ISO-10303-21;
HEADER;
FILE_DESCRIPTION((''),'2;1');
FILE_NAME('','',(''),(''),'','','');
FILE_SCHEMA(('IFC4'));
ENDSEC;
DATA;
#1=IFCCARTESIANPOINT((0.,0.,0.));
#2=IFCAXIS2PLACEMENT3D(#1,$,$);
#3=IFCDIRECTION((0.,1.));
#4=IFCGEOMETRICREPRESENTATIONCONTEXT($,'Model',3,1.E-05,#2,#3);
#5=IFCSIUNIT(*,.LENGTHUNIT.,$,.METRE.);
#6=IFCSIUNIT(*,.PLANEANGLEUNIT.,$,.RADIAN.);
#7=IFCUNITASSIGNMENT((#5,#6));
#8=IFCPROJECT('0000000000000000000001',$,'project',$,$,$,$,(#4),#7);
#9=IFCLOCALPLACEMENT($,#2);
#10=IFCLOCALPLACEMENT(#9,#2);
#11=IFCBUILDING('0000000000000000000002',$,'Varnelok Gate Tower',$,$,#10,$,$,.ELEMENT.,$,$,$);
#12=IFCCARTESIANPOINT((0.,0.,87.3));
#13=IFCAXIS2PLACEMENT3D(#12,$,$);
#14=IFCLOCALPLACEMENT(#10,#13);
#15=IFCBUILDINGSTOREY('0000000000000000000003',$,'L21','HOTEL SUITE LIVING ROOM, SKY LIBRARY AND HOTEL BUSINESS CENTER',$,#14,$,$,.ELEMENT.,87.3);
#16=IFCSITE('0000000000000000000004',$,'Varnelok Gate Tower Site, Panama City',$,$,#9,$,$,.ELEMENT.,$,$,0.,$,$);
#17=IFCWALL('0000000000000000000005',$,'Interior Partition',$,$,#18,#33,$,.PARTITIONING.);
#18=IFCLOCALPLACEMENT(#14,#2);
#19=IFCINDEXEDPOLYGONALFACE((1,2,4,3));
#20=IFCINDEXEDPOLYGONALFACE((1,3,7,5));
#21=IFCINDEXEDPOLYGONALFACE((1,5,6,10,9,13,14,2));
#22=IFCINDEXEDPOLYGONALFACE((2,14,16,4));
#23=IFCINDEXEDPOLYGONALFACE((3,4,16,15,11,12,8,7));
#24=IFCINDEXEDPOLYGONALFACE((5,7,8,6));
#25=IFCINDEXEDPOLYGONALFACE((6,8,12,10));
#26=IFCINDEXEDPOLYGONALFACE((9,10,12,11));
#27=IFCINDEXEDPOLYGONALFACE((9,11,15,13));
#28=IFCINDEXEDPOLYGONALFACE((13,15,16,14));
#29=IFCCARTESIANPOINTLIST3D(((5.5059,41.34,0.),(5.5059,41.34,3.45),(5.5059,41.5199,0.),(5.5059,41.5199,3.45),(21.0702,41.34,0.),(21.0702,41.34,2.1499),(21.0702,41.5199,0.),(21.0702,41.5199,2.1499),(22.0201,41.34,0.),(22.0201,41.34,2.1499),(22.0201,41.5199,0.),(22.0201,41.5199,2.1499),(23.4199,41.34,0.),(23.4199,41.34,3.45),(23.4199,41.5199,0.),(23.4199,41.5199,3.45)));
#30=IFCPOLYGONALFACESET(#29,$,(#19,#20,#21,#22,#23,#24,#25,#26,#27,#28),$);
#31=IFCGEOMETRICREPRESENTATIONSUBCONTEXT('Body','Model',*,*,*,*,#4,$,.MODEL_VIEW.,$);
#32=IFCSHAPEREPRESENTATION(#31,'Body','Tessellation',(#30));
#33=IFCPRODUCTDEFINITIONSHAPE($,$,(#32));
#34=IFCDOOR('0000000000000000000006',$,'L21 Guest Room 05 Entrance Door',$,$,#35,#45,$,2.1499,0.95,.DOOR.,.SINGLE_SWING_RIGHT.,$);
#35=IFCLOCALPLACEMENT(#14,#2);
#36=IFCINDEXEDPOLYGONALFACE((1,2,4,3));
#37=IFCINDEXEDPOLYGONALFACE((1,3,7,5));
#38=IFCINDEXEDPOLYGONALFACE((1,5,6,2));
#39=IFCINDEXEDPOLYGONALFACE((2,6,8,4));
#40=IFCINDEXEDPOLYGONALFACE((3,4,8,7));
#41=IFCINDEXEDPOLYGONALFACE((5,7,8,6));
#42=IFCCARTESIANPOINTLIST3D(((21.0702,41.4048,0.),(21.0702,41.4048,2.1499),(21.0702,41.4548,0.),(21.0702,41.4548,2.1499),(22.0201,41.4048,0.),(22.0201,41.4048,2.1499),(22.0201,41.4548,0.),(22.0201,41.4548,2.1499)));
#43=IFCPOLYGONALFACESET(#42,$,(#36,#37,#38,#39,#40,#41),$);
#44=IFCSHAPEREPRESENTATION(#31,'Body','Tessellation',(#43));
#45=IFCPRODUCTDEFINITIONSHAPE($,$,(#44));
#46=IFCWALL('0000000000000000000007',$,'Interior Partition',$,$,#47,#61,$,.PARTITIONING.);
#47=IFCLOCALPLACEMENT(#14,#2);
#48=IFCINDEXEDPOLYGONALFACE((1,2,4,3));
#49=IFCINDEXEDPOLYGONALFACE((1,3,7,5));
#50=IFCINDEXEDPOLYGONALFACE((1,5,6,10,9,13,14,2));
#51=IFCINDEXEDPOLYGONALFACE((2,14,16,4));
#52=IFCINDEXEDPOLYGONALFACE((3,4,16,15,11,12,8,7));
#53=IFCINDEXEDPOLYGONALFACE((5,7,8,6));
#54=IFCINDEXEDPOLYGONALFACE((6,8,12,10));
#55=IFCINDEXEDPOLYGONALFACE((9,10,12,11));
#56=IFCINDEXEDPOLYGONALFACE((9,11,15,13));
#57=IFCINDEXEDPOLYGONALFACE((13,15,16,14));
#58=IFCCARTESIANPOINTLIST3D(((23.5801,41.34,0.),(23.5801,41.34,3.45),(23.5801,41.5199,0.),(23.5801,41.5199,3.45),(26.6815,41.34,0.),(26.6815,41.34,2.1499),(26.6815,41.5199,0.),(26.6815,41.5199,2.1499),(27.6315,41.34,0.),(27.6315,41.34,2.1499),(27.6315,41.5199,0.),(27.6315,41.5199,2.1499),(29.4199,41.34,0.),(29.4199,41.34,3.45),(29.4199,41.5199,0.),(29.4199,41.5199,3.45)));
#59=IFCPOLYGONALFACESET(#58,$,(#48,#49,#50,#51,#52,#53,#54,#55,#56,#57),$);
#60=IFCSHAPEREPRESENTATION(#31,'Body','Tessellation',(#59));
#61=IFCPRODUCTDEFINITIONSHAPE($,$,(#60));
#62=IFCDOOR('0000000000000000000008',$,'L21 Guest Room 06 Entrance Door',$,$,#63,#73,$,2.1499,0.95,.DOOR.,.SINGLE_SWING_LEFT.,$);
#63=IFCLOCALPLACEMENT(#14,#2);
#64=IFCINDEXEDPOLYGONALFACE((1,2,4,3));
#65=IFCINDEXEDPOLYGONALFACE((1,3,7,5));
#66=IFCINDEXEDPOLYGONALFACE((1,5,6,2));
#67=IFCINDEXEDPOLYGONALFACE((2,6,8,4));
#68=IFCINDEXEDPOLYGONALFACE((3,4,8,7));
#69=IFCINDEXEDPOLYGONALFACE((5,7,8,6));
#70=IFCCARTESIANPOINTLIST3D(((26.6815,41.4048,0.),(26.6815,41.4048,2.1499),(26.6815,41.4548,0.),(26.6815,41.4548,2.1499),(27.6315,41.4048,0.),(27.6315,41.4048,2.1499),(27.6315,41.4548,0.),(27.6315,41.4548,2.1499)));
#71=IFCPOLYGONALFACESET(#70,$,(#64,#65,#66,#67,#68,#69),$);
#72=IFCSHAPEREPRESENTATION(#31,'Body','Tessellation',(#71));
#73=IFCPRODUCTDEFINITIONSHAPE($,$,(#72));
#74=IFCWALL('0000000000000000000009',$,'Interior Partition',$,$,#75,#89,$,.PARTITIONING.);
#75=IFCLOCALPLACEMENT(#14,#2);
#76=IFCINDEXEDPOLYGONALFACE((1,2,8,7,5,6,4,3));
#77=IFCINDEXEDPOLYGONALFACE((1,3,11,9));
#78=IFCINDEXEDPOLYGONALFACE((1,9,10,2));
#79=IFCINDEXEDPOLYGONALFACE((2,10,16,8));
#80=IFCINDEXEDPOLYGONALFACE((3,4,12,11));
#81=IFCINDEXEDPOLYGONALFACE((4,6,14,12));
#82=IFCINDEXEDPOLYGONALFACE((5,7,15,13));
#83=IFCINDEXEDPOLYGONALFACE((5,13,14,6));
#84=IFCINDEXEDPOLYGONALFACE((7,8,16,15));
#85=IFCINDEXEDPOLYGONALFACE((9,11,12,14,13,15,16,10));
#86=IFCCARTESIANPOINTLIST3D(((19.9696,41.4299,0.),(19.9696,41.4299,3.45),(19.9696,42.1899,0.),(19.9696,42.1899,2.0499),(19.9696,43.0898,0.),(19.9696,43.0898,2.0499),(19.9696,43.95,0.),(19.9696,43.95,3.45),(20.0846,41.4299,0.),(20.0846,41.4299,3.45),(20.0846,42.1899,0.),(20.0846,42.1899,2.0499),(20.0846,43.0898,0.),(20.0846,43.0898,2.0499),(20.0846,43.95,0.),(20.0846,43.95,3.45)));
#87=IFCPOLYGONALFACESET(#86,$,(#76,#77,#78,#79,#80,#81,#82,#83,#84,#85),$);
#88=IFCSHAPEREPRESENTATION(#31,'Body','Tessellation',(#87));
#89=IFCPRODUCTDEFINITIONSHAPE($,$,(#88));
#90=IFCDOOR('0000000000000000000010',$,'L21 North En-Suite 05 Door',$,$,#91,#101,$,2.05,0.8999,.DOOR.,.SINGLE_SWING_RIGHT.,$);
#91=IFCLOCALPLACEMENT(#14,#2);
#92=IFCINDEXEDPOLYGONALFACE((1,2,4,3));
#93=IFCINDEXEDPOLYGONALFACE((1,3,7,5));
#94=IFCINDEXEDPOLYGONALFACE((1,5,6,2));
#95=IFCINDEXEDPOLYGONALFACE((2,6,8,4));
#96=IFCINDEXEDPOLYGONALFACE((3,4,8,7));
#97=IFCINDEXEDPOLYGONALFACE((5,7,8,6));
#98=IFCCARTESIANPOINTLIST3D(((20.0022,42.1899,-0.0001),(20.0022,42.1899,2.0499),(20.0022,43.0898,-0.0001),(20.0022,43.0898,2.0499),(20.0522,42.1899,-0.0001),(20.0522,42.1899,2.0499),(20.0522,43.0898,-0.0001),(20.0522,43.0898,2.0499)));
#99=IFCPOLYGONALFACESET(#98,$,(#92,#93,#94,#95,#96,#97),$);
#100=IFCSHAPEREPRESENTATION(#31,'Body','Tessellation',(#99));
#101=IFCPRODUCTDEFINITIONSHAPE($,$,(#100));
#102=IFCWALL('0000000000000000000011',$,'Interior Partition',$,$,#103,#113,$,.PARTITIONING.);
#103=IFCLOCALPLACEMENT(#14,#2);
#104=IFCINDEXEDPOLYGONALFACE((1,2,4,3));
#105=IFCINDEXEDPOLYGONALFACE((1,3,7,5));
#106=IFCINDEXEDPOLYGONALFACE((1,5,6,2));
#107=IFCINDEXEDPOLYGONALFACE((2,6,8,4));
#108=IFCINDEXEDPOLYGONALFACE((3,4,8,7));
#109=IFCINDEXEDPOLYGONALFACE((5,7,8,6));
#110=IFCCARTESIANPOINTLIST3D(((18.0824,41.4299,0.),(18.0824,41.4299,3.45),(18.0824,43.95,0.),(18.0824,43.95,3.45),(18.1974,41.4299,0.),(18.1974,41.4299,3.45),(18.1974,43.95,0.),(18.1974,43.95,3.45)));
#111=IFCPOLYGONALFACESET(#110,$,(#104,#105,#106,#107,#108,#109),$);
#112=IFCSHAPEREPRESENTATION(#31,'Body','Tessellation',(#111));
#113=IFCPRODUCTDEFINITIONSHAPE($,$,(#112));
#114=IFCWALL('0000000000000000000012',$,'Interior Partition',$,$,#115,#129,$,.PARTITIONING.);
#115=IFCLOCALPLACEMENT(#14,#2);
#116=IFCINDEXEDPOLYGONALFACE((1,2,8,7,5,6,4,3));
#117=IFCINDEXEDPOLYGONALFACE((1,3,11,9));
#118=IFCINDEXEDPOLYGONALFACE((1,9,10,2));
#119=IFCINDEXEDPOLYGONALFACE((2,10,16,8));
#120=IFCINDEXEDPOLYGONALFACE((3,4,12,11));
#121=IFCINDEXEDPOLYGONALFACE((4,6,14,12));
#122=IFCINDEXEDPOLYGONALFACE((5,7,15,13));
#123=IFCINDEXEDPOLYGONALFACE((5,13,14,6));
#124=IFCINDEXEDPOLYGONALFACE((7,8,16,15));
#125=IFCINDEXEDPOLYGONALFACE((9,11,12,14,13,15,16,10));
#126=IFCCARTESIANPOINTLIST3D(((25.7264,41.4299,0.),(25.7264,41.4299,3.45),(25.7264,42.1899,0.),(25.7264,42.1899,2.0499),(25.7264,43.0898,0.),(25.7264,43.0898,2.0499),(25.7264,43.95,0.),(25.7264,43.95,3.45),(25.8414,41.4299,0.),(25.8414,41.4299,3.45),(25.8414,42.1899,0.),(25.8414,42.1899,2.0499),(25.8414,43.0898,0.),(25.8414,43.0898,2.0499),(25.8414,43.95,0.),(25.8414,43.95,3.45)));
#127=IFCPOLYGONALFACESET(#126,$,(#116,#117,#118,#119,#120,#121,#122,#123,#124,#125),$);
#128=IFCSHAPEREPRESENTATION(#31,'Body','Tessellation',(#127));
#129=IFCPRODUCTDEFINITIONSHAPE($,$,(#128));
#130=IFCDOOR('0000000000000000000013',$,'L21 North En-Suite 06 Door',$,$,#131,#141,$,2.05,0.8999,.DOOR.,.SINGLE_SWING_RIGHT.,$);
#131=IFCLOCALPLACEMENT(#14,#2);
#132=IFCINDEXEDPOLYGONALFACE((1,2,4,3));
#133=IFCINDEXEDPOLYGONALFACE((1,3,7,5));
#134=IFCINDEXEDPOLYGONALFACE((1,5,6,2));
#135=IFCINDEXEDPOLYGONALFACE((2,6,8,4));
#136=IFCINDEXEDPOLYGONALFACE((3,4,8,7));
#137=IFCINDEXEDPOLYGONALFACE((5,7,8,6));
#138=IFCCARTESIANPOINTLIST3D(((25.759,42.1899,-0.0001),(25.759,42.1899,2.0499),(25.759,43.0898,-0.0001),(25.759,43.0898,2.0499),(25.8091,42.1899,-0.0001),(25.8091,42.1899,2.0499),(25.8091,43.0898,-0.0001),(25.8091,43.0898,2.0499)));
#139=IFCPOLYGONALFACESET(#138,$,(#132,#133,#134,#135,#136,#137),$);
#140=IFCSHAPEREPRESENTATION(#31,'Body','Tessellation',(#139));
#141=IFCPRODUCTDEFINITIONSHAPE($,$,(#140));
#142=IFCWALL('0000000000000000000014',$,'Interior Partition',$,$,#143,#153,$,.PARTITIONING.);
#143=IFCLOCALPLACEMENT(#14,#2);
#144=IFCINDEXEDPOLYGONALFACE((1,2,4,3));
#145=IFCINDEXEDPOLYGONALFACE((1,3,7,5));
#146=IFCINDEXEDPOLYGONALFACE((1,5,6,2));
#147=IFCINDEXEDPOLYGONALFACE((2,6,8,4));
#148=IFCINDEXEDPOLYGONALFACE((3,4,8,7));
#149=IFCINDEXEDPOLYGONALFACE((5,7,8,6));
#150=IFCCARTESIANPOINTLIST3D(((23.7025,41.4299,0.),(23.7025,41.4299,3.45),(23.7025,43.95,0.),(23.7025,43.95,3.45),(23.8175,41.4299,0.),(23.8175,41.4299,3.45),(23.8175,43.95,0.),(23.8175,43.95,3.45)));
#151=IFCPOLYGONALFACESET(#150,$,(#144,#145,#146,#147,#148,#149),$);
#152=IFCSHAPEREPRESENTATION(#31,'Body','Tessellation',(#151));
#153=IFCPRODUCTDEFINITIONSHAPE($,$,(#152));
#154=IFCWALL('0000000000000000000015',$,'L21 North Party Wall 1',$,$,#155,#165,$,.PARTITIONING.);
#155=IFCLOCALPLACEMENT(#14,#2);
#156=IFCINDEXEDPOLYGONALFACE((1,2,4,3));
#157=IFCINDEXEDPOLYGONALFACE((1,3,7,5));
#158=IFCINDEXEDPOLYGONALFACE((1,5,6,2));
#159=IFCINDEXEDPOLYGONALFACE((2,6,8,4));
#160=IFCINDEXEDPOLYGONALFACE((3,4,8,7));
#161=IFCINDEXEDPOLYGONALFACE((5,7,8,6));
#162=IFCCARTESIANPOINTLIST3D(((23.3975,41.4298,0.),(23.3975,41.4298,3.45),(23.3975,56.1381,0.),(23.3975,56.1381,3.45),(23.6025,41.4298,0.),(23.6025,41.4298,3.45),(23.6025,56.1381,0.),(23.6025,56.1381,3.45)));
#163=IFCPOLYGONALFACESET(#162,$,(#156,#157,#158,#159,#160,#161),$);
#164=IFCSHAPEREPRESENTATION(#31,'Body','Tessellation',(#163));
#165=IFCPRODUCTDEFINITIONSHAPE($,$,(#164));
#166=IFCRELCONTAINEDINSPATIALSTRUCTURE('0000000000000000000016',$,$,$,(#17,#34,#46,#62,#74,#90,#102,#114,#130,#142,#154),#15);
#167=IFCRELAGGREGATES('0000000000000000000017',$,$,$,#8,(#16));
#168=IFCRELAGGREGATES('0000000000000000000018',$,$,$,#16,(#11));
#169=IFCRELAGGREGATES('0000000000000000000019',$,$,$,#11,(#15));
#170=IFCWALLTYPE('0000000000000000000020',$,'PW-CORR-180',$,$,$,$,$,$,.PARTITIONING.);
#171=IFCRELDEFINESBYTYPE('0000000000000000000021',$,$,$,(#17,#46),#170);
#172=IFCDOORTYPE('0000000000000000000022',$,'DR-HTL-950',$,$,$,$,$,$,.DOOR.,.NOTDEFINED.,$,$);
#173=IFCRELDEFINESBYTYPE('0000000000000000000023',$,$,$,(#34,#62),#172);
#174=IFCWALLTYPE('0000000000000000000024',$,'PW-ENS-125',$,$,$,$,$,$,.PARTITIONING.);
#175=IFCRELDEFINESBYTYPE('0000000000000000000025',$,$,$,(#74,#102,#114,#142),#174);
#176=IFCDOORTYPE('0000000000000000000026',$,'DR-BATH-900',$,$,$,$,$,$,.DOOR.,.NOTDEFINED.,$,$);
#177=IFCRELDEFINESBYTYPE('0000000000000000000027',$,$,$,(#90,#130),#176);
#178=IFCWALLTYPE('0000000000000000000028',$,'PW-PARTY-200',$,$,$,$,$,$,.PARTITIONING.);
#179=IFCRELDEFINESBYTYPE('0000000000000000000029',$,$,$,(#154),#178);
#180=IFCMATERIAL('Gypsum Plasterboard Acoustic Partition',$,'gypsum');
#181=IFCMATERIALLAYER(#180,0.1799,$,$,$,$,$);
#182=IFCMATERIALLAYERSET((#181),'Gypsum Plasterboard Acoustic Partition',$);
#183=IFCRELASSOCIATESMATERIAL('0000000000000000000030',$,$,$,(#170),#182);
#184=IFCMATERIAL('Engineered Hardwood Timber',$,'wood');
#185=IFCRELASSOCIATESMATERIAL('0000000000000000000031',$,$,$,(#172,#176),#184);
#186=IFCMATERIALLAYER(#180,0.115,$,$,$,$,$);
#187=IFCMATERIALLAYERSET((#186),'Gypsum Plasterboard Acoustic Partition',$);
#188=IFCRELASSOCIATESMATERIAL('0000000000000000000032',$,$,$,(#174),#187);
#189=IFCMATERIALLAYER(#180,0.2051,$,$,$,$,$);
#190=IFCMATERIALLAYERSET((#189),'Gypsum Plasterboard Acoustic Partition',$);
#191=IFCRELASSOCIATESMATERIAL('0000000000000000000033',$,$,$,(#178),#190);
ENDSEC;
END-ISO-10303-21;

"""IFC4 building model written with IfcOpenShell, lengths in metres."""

from ifc_helpers import new_model, si_unit, direction, frame, frame_2d, origin, place, context, subcontext, project, spatial, rectangle, extrude, material, layer, layer_set, type_object, element, fill, save


model = new_model("IFC4")

# Units and contexts
model_context = context("Model", 3, precision=1e-05, world=origin(), true_north=direction((0.0, 1.0)))
body_context = subcontext(model_context, "Body", "Model", "MODEL_VIEW")
ifc_project = project(units=[si_unit("LENGTHUNIT", "METRE"), si_unit("PLANEANGLEUNIT", "RADIAN")], contexts=[model_context])

# Site, building, storey
site_placement = place(None, origin())
site = spatial("IfcSite", under=ifc_project, at=site_placement, Name="Varnelok Gate Tower Site, Panama City", CompositionType="ELEMENT", RefElevation=0.0)
building_placement = place(site_placement, origin())
building = spatial("IfcBuilding", under=site, at=building_placement, Name="Varnelok Gate Tower", CompositionType="ELEMENT")
storey_placement = place(building_placement, frame((0.0, 0.0, 87.3)))
storey = spatial("IfcBuildingStorey", under=building, at=storey_placement, Name="L21", Description="HOTEL SUITE LIVING ROOM, SKY LIBRARY AND HOTEL BUSINESS CENTER", CompositionType="ELEMENT", Elevation=87.3)

# Walls, openings, doors
ifc_material_1 = material(Name="Gypsum Plasterboard Acoustic Partition", Category="gypsum")
ifc_layer_1 = layer(ifc_material_1, 0.1799)
ifc_layer_set_1 = layer_set([ifc_layer_1], Name="Gypsum Plasterboard Acoustic Partition")
wall_type_1 = type_object("IfcWallType", Name="PW-CORR-180", PredefinedType="PARTITIONING", material=ifc_layer_set_1)
wall_1_placement = place(storey_placement, frame((5.5059, 41.4299, 0.0), z_axis=(0.0, 0.0, 1.0), x_axis=(1.0, 0.0, 0.0)))
wall_1 = element("IfcWall", 1, at=wall_1_placement, inside=storey, type_object=wall_type_1, Name="Interior Partition", PredefinedType="PARTITIONING", context=body_context, shape_type="SweptSolid", body=[
    extrude(rectangle(XDim=17.9141, YDim=0.1799, at=frame_2d((8.957, 0.0))), origin(), (0.0, 0.0, 1.0), 3.45),
])
opening_1_placement = place(wall_1_placement, frame((15.5642, 0.0, 0.0)))
opening_1 = element("IfcOpeningElement", 2, at=opening_1_placement, cuts=wall_1, PredefinedType="OPENING", context=body_context, shape_type="SweptSolid", body=[
    extrude(rectangle(XDim=0.95, YDim=2.1499, at=frame_2d((0.4751, 1.075))), frame((0.0, 0.0999, 0.0), z_axis=(0.0, -1.0, 0.0), x_axis=(1.0, 0.0, 0.0)), (0.0, 0.0, 1.0), 0.2),
])
ifc_material_2 = material(Name="Engineered Hardwood Timber", Category="wood")
door_type_1 = type_object("IfcDoorType", Name="DR-HTL-950", OperationType="NOTDEFINED", PredefinedType="DOOR", material=ifc_material_2)
door_1_placement = place(opening_1_placement, origin())
door_1 = element("IfcDoor", 3, at=door_1_placement, inside=storey, type_object=door_type_1, Name="L21 Guest Room 05 Entrance Door", OperationType="SINGLE_SWING_RIGHT", OverallHeight=2.1499, OverallWidth=0.95, PredefinedType="DOOR", context=body_context, shape_type="SweptSolid", body=[
    extrude(rectangle(XDim=0.95, YDim=2.1499, at=frame_2d((0.4751, 1.075))), frame((0.0, 0.0249, 0.0), z_axis=(0.0, -1.0, 0.0), x_axis=(1.0, 0.0, 0.0)), (0.0, 0.0, 1.0), 0.05),
])
fill(opening_1, door_1)
wall_2_placement = place(storey_placement, frame((23.5801, 41.4299, 0.0), z_axis=(0.0, 0.0, 1.0), x_axis=(1.0, 0.0, 0.0)))
wall_2 = element("IfcWall", 4, at=wall_2_placement, inside=storey, type_object=wall_type_1, Name="Interior Partition", PredefinedType="PARTITIONING", context=body_context, shape_type="SweptSolid", body=[
    extrude(rectangle(XDim=5.8398, YDim=0.1799, at=frame_2d((2.9199, 0.0))), origin(), (0.0, 0.0, 1.0), 3.45),
])
opening_2_placement = place(wall_2_placement, frame((3.1013, 0.0, 0.0)))
opening_2 = element("IfcOpeningElement", 5, at=opening_2_placement, cuts=wall_2, PredefinedType="OPENING", context=body_context, shape_type="SweptSolid", body=[
    extrude(rectangle(XDim=0.95, YDim=2.1499, at=frame_2d((0.4751, 1.075))), frame((0.0, 0.0999, 0.0), z_axis=(0.0, -1.0, 0.0), x_axis=(1.0, 0.0, 0.0)), (0.0, 0.0, 1.0), 0.2),
])
door_2_placement = place(opening_2_placement, origin())
door_2 = element("IfcDoor", 6, at=door_2_placement, inside=storey, type_object=door_type_1, Name="L21 Guest Room 06 Entrance Door", OperationType="SINGLE_SWING_LEFT", OverallHeight=2.1499, OverallWidth=0.95, PredefinedType="DOOR", context=body_context, shape_type="SweptSolid", body=[
    extrude(rectangle(XDim=0.95, YDim=2.1499, at=frame_2d((0.4751, 1.075))), frame((0.0, 0.0249, 0.0), z_axis=(0.0, -1.0, 0.0), x_axis=(1.0, 0.0, 0.0)), (0.0, 0.0, 1.0), 0.05),
])
fill(opening_2, door_2)
ifc_layer_2 = layer(ifc_material_1, 0.115)
ifc_layer_set_2 = layer_set([ifc_layer_2], Name="Gypsum Plasterboard Acoustic Partition")
wall_type_2 = type_object("IfcWallType", Name="PW-ENS-125", PredefinedType="PARTITIONING", material=ifc_layer_set_2)
wall_3_placement = place(storey_placement, frame((20.0271, 41.4299, 0.0), z_axis=(0.0, 0.0, 1.0), x_axis=(0.0, 1.0, 0.0)))
wall_3 = element("IfcWall", 7, at=wall_3_placement, inside=storey, type_object=wall_type_2, Name="Interior Partition", PredefinedType="PARTITIONING", context=body_context, shape_type="SweptSolid", body=[
    extrude(rectangle(XDim=2.52, YDim=0.115, at=frame_2d((1.26, 0.0))), origin(), (0.0, 0.0, 1.0), 3.45),
])
opening_3_placement = place(wall_3_placement, frame((0.76, 0.0, 0.0)))
opening_3 = element("IfcOpeningElement", 8, at=opening_3_placement, cuts=wall_3, PredefinedType="OPENING", context=body_context, shape_type="SweptSolid", body=[
    extrude(rectangle(XDim=0.8999, YDim=2.05, at=frame_2d((0.45, 1.0249))), frame((0.0, 0.0674, 0.0), z_axis=(0.0, -1.0, 0.0), x_axis=(1.0, 0.0, 0.0)), (0.0, 0.0, 1.0), 0.135),
])
door_type_2 = type_object("IfcDoorType", Name="DR-BATH-900", OperationType="NOTDEFINED", PredefinedType="DOOR", material=ifc_material_2)
door_3_placement = place(opening_3_placement, origin())
door_3 = element("IfcDoor", 9, at=door_3_placement, inside=storey, type_object=door_type_2, Name="L21 North En-Suite 05 Door", OperationType="SINGLE_SWING_RIGHT", OverallHeight=2.05, OverallWidth=0.8999, PredefinedType="DOOR", context=body_context, shape_type="SweptSolid", body=[
    extrude(rectangle(XDim=0.8999, YDim=2.05, at=frame_2d((0.45, 1.0249))), frame((0.0, 0.0249, 0.0), z_axis=(0.0, -1.0, 0.0), x_axis=(1.0, 0.0, 0.0)), (0.0, 0.0, 1.0), 0.05),
])
fill(opening_3, door_3)

# Wall
wall_4_placement = place(storey_placement, frame((18.1399, 41.4299, 0.0), z_axis=(0.0, 0.0, 1.0), x_axis=(0.0, 1.0, 0.0)))
element("IfcWall", 10, at=wall_4_placement, inside=storey, type_object=wall_type_2, Name="Interior Partition", PredefinedType="PARTITIONING", context=body_context, shape_type="SweptSolid", body=[
    extrude(rectangle(XDim=2.52, YDim=0.115, at=frame_2d((1.26, 0.0))), origin(), (0.0, 0.0, 1.0), 3.45),
])

# Wall, opening, door
wall_5_placement = place(storey_placement, frame((25.7839, 41.4299, 0.0), z_axis=(0.0, 0.0, 1.0), x_axis=(0.0, 1.0, 0.0)))
wall_5 = element("IfcWall", 11, at=wall_5_placement, inside=storey, type_object=wall_type_2, Name="Interior Partition", PredefinedType="PARTITIONING", context=body_context, shape_type="SweptSolid", body=[
    extrude(rectangle(XDim=2.52, YDim=0.115, at=frame_2d((1.26, 0.0))), origin(), (0.0, 0.0, 1.0), 3.45),
])
opening_4_placement = place(wall_5_placement, frame((0.76, 0.0, 0.0)))
opening_4 = element("IfcOpeningElement", 12, at=opening_4_placement, cuts=wall_5, PredefinedType="OPENING", context=body_context, shape_type="SweptSolid", body=[
    extrude(rectangle(XDim=0.8999, YDim=2.05, at=frame_2d((0.45, 1.0249))), frame((0.0, 0.0674, 0.0), z_axis=(0.0, -1.0, 0.0), x_axis=(1.0, 0.0, 0.0)), (0.0, 0.0, 1.0), 0.135),
])
door_4_placement = place(opening_4_placement, origin())
door_4 = element("IfcDoor", 13, at=door_4_placement, inside=storey, type_object=door_type_2, Name="L21 North En-Suite 06 Door", OperationType="SINGLE_SWING_RIGHT", OverallHeight=2.05, OverallWidth=0.8999, PredefinedType="DOOR", context=body_context, shape_type="SweptSolid", body=[
    extrude(rectangle(XDim=0.8999, YDim=2.05, at=frame_2d((0.45, 1.0249))), frame((0.0, 0.0249, 0.0), z_axis=(0.0, -1.0, 0.0), x_axis=(1.0, 0.0, 0.0)), (0.0, 0.0, 1.0), 0.05),
])
fill(opening_4, door_4)

# Walls
wall_6_placement = place(storey_placement, frame((23.76, 41.4299, 0.0), z_axis=(0.0, 0.0, 1.0), x_axis=(0.0, 1.0, 0.0)))
element("IfcWall", 14, at=wall_6_placement, inside=storey, type_object=wall_type_2, Name="Interior Partition", PredefinedType="PARTITIONING", context=body_context, shape_type="SweptSolid", body=[
    extrude(rectangle(XDim=2.52, YDim=0.115, at=frame_2d((1.26, 0.0))), origin(), (0.0, 0.0, 1.0), 3.45),
])
ifc_layer_3 = layer(ifc_material_1, 0.2051)
ifc_layer_set_3 = layer_set([ifc_layer_3], Name="Gypsum Plasterboard Acoustic Partition")
wall_type_3 = type_object("IfcWallType", Name="PW-PARTY-200", PredefinedType="PARTITIONING", material=ifc_layer_set_3)
wall_7_placement = place(storey_placement, frame((23.5, 41.4299, 0.0), z_axis=(0.0, 0.0, 1.0), x_axis=(0.0, 1.0, 0.0)))
element("IfcWall", 15, at=wall_7_placement, inside=storey, type_object=wall_type_3, Name="L21 North Party Wall 1", PredefinedType="PARTITIONING", context=body_context, shape_type="SweptSolid", body=[
    extrude(rectangle(XDim=14.7083, YDim=0.2051, at=frame_2d((7.354, 0.0))), origin(), (0.0, 0.0, 1.0), 3.45),
])

save(model, "model.ifc")
